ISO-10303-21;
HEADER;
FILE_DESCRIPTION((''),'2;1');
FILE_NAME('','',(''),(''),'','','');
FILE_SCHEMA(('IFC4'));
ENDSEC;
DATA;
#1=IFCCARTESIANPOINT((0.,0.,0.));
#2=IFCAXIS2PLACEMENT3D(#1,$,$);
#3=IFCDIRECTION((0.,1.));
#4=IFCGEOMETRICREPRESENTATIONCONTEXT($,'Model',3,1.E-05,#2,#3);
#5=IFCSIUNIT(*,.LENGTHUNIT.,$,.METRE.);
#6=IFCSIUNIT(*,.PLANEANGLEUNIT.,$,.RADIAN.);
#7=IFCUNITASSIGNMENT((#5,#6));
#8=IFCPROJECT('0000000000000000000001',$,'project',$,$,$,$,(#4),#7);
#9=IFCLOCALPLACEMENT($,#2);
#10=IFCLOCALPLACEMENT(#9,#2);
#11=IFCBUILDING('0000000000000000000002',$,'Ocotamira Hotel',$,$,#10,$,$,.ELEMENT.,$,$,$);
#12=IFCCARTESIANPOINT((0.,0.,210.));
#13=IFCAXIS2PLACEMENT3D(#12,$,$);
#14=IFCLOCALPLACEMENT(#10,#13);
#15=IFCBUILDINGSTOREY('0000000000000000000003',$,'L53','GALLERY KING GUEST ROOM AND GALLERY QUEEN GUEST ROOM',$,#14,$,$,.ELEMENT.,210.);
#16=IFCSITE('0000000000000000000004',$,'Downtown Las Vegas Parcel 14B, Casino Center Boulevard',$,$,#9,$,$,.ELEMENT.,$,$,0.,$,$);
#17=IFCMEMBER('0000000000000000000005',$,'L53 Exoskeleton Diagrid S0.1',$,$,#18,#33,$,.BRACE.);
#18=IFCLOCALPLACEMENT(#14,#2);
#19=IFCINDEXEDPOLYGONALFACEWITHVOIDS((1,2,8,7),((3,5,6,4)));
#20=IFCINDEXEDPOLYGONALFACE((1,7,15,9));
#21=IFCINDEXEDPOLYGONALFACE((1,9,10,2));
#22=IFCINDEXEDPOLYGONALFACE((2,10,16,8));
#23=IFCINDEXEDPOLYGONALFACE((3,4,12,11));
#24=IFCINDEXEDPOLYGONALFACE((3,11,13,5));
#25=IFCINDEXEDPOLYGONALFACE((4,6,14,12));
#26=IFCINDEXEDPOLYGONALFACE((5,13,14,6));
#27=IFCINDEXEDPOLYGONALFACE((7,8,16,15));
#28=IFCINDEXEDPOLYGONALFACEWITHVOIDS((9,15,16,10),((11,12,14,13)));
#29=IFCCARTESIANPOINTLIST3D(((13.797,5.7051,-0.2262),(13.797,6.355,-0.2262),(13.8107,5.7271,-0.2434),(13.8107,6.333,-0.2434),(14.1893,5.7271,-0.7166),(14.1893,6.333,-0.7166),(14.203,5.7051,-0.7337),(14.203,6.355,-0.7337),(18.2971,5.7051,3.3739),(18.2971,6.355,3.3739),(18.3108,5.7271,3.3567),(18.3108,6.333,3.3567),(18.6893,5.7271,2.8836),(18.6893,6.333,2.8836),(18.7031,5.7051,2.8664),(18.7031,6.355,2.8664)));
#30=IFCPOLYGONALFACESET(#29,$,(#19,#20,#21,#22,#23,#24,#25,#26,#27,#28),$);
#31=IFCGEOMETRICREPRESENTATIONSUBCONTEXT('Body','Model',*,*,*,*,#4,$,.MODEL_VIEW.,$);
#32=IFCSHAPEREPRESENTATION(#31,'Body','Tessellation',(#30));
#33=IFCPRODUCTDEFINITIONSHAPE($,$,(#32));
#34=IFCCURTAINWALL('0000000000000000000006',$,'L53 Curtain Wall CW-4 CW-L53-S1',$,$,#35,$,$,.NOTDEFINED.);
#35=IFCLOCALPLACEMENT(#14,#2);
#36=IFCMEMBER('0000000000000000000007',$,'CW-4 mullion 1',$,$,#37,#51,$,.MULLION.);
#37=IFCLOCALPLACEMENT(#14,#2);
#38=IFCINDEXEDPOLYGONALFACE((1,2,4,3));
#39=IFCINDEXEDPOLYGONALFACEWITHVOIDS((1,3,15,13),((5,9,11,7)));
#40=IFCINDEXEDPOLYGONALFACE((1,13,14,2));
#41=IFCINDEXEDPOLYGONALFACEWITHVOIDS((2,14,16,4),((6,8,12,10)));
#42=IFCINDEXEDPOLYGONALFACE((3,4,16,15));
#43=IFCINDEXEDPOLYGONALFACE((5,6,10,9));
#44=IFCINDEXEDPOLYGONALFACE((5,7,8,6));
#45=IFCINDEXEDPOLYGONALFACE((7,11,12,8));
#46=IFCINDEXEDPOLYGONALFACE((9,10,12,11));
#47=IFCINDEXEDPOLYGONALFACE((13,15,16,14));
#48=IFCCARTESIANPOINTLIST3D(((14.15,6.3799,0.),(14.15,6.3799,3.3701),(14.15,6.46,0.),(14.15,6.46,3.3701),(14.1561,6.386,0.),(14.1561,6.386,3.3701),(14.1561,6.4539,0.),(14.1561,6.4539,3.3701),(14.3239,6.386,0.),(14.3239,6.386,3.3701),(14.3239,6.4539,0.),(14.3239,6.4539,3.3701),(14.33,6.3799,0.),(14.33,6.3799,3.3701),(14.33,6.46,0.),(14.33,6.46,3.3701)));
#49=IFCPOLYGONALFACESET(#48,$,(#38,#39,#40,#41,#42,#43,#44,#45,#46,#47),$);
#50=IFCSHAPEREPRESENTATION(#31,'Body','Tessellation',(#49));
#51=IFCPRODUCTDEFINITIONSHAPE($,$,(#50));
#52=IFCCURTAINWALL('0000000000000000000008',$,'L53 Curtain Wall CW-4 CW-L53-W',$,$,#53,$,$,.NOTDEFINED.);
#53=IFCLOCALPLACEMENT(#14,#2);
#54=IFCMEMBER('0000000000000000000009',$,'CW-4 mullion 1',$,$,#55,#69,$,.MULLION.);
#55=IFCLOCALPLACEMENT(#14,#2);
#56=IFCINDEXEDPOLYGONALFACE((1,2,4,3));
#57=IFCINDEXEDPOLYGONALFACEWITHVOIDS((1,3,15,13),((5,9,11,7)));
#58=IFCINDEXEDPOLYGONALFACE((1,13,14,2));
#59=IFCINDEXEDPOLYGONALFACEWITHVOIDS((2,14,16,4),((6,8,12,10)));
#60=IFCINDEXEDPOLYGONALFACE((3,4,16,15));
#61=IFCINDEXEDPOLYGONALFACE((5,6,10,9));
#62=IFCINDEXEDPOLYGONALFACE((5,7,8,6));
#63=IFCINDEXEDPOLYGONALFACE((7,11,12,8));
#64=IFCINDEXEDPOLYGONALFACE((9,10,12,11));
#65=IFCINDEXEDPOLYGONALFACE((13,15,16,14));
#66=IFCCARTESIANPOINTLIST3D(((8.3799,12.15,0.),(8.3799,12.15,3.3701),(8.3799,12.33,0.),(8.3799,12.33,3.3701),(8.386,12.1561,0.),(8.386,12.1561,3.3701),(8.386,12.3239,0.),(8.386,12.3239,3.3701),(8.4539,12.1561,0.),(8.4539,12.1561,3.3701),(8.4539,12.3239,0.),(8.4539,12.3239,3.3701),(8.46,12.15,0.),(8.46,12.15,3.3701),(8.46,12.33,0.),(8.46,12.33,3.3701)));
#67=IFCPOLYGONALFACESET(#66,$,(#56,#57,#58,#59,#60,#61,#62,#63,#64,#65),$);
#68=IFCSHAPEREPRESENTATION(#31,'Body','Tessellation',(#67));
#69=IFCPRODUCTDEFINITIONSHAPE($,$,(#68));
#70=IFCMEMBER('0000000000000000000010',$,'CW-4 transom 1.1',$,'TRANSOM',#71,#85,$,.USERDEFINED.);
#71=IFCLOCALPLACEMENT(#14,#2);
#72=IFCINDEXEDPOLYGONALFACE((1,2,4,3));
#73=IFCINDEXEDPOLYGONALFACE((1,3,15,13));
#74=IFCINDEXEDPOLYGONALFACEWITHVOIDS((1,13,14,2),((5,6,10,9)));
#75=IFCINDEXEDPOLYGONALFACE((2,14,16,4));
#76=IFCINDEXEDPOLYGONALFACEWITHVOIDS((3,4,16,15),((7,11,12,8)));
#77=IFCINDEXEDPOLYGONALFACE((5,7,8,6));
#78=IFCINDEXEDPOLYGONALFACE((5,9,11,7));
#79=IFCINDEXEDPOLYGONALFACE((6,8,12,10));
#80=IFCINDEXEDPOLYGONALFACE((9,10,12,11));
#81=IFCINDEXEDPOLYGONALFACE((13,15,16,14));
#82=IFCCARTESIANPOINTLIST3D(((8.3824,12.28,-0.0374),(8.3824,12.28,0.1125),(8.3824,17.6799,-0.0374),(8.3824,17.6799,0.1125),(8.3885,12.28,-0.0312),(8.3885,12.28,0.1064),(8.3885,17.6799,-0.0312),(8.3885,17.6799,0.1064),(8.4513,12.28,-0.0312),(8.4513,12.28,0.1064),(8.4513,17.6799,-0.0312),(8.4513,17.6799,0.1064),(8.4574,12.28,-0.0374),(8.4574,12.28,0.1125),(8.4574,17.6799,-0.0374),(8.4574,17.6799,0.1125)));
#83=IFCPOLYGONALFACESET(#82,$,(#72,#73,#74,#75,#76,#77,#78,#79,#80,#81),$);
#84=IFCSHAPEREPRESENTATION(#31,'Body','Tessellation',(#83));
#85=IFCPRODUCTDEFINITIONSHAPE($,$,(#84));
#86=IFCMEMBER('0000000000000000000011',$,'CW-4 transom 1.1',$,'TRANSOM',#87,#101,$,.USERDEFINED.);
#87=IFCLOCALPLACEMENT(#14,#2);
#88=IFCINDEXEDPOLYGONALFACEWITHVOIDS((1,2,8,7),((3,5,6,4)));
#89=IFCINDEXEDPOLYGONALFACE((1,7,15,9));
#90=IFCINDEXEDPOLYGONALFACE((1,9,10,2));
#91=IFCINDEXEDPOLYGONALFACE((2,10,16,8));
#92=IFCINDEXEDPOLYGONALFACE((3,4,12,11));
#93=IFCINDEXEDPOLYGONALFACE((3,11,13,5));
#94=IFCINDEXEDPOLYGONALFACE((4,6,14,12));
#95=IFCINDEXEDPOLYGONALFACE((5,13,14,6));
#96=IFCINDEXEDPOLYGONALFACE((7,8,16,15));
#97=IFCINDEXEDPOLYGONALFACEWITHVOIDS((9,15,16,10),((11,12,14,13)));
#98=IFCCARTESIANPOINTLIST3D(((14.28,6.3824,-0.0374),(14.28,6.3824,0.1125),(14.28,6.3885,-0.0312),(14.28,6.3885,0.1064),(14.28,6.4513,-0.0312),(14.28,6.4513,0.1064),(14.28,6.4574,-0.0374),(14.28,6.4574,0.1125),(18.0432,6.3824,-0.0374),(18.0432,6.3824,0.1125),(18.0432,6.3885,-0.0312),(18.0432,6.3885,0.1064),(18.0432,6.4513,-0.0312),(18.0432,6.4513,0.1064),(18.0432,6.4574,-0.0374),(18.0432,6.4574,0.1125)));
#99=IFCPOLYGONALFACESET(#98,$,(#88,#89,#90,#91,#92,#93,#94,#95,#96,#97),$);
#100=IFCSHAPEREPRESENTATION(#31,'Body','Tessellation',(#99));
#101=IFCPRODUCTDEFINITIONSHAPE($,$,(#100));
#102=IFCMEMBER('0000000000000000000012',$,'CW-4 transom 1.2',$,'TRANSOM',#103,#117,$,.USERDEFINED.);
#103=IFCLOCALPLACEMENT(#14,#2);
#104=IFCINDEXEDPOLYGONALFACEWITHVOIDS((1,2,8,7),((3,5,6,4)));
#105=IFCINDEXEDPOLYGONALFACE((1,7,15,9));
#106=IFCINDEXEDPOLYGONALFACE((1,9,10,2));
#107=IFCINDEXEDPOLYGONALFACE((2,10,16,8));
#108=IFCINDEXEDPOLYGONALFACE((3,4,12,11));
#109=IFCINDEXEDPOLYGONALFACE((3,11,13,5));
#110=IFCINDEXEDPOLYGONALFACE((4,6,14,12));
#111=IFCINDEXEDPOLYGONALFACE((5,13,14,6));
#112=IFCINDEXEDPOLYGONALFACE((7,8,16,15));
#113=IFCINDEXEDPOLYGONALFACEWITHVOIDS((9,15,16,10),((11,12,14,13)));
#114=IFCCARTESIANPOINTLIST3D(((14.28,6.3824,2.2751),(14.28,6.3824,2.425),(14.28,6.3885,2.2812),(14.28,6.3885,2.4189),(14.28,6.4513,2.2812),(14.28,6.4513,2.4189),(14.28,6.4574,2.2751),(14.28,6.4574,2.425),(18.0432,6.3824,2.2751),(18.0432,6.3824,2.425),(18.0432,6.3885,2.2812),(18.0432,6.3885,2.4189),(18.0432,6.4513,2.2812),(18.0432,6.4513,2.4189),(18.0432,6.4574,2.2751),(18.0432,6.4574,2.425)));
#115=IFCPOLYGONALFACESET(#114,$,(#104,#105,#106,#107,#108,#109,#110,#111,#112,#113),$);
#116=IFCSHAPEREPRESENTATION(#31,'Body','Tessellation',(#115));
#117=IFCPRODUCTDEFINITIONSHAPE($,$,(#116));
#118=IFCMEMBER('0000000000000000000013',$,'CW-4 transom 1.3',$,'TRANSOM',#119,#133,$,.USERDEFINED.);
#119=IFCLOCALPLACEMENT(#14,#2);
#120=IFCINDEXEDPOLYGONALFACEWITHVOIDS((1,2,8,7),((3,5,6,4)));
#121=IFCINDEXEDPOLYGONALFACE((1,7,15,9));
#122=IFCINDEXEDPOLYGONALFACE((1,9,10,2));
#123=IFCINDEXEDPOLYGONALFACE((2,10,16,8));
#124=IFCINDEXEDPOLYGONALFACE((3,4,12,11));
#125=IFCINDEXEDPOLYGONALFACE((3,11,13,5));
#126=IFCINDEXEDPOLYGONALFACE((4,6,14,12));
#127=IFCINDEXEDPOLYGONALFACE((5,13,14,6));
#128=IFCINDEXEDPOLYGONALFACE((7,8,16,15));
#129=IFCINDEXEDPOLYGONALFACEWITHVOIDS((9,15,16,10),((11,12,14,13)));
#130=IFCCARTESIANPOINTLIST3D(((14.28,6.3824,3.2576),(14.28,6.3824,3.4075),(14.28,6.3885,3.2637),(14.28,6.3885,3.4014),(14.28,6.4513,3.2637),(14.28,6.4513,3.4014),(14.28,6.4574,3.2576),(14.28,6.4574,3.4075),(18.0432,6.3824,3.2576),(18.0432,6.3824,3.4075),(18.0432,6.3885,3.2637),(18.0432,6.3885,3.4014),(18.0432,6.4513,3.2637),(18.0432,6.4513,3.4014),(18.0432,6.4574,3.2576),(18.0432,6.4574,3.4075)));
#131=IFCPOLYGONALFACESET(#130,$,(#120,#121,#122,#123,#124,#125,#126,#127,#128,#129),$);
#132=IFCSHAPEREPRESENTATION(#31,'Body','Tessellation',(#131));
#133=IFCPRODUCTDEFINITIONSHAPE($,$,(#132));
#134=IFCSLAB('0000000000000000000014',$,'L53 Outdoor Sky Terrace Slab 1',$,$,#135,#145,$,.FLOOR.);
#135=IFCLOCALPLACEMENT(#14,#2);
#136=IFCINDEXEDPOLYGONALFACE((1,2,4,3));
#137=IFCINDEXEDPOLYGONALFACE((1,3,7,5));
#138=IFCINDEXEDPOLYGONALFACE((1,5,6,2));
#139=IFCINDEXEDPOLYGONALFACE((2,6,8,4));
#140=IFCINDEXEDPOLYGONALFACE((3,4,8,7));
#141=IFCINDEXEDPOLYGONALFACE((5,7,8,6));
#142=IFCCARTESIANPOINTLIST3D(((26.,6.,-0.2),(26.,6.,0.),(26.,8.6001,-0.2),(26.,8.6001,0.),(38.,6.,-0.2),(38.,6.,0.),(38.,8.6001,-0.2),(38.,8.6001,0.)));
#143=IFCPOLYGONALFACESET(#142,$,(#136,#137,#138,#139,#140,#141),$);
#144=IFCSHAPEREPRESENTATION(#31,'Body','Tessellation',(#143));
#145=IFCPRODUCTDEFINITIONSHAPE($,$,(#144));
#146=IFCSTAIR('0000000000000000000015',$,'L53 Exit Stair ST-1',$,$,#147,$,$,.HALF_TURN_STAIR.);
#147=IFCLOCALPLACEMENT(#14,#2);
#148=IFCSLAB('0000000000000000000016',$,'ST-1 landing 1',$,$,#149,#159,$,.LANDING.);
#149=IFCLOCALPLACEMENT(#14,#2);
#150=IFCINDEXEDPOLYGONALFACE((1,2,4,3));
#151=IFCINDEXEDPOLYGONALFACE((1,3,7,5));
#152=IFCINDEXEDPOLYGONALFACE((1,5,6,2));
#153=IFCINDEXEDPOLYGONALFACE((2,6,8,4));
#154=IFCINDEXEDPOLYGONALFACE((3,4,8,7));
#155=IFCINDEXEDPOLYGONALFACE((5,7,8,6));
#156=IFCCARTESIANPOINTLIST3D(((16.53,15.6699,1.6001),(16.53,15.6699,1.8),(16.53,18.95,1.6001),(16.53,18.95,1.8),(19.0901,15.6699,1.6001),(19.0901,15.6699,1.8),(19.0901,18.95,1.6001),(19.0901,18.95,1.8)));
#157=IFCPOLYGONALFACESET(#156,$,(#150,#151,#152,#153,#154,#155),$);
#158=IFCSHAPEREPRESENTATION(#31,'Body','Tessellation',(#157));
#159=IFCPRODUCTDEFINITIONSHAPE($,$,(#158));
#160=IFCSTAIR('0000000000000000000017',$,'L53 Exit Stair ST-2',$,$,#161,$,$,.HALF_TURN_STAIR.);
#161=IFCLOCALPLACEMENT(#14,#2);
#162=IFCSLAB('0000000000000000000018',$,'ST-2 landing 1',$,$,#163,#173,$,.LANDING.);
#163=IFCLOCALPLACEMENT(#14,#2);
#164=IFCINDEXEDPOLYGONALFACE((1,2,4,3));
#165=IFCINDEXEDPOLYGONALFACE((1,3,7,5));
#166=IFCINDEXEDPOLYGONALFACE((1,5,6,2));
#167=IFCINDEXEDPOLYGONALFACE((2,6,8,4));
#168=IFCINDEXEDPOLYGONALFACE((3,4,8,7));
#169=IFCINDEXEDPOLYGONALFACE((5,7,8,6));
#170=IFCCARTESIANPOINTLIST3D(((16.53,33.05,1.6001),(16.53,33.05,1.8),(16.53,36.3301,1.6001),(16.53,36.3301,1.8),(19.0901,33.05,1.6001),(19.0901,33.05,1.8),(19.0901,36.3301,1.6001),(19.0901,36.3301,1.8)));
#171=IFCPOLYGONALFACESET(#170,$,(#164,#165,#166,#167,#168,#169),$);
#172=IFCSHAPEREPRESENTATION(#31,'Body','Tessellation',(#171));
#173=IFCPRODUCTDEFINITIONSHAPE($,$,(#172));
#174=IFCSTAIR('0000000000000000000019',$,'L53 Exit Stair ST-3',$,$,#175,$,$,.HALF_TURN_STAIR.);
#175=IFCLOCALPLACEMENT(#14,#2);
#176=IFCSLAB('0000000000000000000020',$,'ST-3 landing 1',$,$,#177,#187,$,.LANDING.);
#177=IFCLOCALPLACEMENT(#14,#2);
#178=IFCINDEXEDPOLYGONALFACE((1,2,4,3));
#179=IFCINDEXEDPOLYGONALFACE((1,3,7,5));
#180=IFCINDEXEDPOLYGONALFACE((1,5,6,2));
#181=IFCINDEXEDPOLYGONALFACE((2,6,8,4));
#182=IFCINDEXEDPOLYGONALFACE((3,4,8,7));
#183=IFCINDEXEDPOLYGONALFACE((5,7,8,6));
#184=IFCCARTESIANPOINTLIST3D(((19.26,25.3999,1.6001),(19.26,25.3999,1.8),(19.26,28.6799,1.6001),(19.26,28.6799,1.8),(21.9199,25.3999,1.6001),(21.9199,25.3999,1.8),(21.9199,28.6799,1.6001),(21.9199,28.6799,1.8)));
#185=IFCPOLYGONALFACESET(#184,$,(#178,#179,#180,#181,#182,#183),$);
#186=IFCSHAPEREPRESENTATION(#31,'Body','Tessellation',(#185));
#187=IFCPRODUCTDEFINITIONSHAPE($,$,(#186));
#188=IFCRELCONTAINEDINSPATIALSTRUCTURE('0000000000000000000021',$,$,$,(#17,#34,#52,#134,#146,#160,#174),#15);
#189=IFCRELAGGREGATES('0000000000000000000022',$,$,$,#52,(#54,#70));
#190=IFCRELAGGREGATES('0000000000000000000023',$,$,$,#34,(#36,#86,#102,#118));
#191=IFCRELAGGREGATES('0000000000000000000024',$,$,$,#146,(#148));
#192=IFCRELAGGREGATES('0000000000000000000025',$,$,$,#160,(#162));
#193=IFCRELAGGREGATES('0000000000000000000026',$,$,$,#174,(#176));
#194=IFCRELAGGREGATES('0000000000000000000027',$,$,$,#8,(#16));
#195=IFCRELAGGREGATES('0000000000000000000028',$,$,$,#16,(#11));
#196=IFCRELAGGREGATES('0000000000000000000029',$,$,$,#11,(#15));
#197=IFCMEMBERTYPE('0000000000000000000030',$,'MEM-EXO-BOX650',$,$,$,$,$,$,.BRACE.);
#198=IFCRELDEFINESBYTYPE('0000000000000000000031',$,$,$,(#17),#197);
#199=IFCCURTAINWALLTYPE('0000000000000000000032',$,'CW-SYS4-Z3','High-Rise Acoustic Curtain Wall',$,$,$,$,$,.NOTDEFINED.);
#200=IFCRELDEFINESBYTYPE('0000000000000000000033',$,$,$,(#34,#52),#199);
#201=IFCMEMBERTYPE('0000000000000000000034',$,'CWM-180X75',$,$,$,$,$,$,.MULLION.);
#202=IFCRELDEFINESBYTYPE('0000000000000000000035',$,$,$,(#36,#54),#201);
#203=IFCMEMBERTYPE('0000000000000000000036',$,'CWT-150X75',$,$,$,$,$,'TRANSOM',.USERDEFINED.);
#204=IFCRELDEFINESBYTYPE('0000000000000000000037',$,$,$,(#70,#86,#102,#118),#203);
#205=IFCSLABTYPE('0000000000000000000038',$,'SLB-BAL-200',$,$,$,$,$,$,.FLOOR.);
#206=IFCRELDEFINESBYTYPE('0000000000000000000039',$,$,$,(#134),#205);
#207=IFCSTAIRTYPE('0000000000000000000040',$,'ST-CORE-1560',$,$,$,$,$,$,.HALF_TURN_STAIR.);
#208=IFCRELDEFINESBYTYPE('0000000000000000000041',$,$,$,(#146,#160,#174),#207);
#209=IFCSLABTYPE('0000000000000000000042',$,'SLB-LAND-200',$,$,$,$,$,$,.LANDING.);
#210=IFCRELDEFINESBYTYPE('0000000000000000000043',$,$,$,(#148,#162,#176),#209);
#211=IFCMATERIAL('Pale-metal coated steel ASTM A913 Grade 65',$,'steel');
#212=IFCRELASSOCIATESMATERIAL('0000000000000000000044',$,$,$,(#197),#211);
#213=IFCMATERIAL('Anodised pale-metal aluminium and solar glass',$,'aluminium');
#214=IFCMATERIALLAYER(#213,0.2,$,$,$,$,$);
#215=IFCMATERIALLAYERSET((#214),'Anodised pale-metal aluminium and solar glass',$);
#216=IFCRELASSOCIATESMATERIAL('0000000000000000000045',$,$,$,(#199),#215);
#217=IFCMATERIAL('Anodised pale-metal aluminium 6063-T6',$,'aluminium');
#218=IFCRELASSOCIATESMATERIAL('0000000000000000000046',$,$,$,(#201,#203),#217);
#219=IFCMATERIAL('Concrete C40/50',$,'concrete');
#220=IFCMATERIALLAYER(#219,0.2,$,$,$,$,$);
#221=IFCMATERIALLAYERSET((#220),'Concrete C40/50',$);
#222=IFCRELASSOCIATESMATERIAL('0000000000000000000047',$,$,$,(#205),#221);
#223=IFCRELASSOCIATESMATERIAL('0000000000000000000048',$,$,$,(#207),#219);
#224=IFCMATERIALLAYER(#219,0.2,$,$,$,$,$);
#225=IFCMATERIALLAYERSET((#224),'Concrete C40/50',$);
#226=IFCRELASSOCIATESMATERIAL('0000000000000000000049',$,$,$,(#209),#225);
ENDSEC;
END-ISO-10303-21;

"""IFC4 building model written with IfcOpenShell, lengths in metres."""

from ifc_helpers import new_model, si_unit, direction, frame, origin, origin_2d, place, context, subcontext, project, spatial, polyline, hollow_rectangle, outline, extrude, source, transform, mapped, material, layer, layer_set, material_profile, profile_set, type_object, element, aggregate, save


model = new_model("IFC4")

# Units and contexts
model_context = context("Model", 3, precision=1e-05, world=origin(), true_north=direction((0.0, 1.0)))
body_context = subcontext(model_context, "Body", "Model", "MODEL_VIEW")
ifc_project = project(units=[si_unit("LENGTHUNIT", "METRE"), si_unit("PLANEANGLEUNIT", "RADIAN")], contexts=[model_context])

# Site, building, storey
site_placement = place(None, origin())
site = spatial("IfcSite", under=ifc_project, at=site_placement, Name="Downtown Las Vegas Parcel 14B, Casino Center Boulevard", CompositionType="ELEMENT", RefElevation=0.0)
building_placement = place(site_placement, origin())
building = spatial("IfcBuilding", under=site, at=building_placement, Name="Ocotamira Hotel", CompositionType="ELEMENT")
storey_placement = place(building_placement, frame((0.0, 0.0, 210.0)))
storey = spatial("IfcBuildingStorey", under=building, at=storey_placement, Name="L53", Description="GALLERY KING GUEST ROOM AND GALLERY QUEEN GUEST ROOM", CompositionType="ELEMENT", Elevation=210.0)

# Member
ifc_material_1 = material(Name="Pale-metal coated steel ASTM A913 Grade 65", Category="steel")
ifc_material_profile_1 = material_profile(ifc_material_1, hollow_rectangle(XDim=0.6499, YDim=0.6499, WallThickness=0.022, at=origin_2d()), Name="BOX650X650X22")
ifc_profile_set_1 = profile_set([ifc_material_profile_1], Name="Pale-metal coated steel ASTM A913 Grade 65")
member_type_1 = type_object("IfcMemberType", Name="MEM-EXO-BOX650", PredefinedType="BRACE", material=ifc_profile_set_1)
shared_shape_1 = source(origin(), body_context, "Body", "SweptSolid", [
    extrude(hollow_rectangle(XDim=0.6499, YDim=0.6499, WallThickness=0.022, at=origin_2d()), origin(), (0.0, 0.0, 1.0), 5.7629),
])
member_1_placement = place(storey_placement, frame((14.0, 6.03, -0.48), z_axis=(0.780861, 0.0, 0.624705), x_axis=(0.0, 1.0, 0.0)))
element("IfcMember", 1, at=member_1_placement, inside=storey, type_object=member_type_1, Name="L53 Exoskeleton Diagrid S0.1", PredefinedType="BRACE", context=body_context, shape_type="MappedRepresentation", body=[
    mapped(shared_shape_1, transform((0.0, 0.0, 0.0), scale=1.0)),
])

# Curtain wall, member
ifc_material_2 = material(Name="Anodised pale-metal aluminium and solar glass", Category="aluminium")
ifc_layer_1 = layer(ifc_material_2, 0.2)
ifc_layer_set_1 = layer_set([ifc_layer_1], Name="Anodised pale-metal aluminium and solar glass")
curtain_wall_type = type_object("IfcCurtainWallType", Name="CW-SYS4-Z3", Description="High-Rise Acoustic Curtain Wall", PredefinedType="NOTDEFINED", material=ifc_layer_set_1)
curtain_wall_1_placement = place(storey_placement, origin())
curtain_wall_1 = element("IfcCurtainWall", 2, at=curtain_wall_1_placement, inside=storey, type_object=curtain_wall_type, Name="L53 Curtain Wall CW-4 CW-L53-S1", PredefinedType="NOTDEFINED")
ifc_material_3 = material(Name="Anodised pale-metal aluminium 6063-T6", Category="aluminium")
ifc_material_profile_2 = material_profile(ifc_material_3, hollow_rectangle(XDim=0.0801, YDim=0.1799, WallThickness=0.0061, at=origin_2d()), Name="HSS180X80X6")
ifc_profile_set_2 = profile_set([ifc_material_profile_2], Name="Anodised pale-metal aluminium 6063-T6")
member_type_2 = type_object("IfcMemberType", Name="CWM-180X75", PredefinedType="MULLION", material=ifc_profile_set_2)
shared_shape_2 = source(origin(), body_context, "Body", "SweptSolid", [
    extrude(hollow_rectangle(XDim=0.0801, YDim=0.1799, WallThickness=0.0061, at=origin_2d()), origin(), (0.0, 0.0, 1.0), 3.3701),
])
member_2_placement = place(storey_placement, frame((14.24, 6.4199, 0.0), z_axis=(0.0, 0.0, 1.0), x_axis=(0.0, 1.0, 0.0)))
member_2 = element("IfcMember", 3, at=member_2_placement, type_object=member_type_2, Name="CW-4 mullion 1", PredefinedType="MULLION", context=body_context, shape_type="MappedRepresentation", body=[
    mapped(shared_shape_2, transform((0.0, 0.0, 0.0), scale=1.0)),
])

# Curtain wall, members
curtain_wall_2_placement = place(storey_placement, origin())
curtain_wall_2 = element("IfcCurtainWall", 4, at=curtain_wall_2_placement, inside=storey, type_object=curtain_wall_type, Name="L53 Curtain Wall CW-4 CW-L53-W", PredefinedType="NOTDEFINED")
member_3_placement = place(storey_placement, frame((8.4199, 12.24, 0.0), z_axis=(0.0, 0.0, 1.0), x_axis=(-1.0, 0.0, 0.0)))
member_3 = element("IfcMember", 5, at=member_3_placement, type_object=member_type_2, Name="CW-4 mullion 1", PredefinedType="MULLION", context=body_context, shape_type="MappedRepresentation", body=[
    mapped(shared_shape_2, transform((0.0, 0.0, 0.0), scale=1.0)),
])
ifc_material_profile_3 = material_profile(ifc_material_3, hollow_rectangle(XDim=0.075, YDim=0.1499, WallThickness=0.0061, at=origin_2d()), Name="HSS150X75X6")
ifc_profile_set_3 = profile_set([ifc_material_profile_3], Name="Anodised pale-metal aluminium 6063-T6")
member_type_3 = type_object("IfcMemberType", Name="CWT-150X75", ElementType="TRANSOM", PredefinedType="USERDEFINED", material=ifc_profile_set_3)
shared_shape_3 = source(origin(), body_context, "Body", "SweptSolid", [
    extrude(hollow_rectangle(XDim=0.075, YDim=0.1499, WallThickness=0.0061, at=origin_2d()), origin(), (0.0, 0.0, 1.0), 5.3999),
])
member_4_placement = place(storey_placement, frame((8.4199, 12.28, 0.0376), z_axis=(0.0, 1.0, 0.0), x_axis=(-1.0, 0.0, 0.0)))
member_4 = element("IfcMember", 6, at=member_4_placement, type_object=member_type_3, Name="CW-4 transom 1.1", ObjectType="TRANSOM", PredefinedType="USERDEFINED", context=body_context, shape_type="MappedRepresentation", body=[
    mapped(shared_shape_3, transform((0.0, 0.0, 0.0), scale=1.0)),
])
aggregate(curtain_wall_2, [member_3, member_4])

# Members
shared_shape_4 = source(origin(), body_context, "Body", "SweptSolid", [
    extrude(hollow_rectangle(XDim=0.075, YDim=0.1499, WallThickness=0.0061, at=origin_2d()), origin(), (0.0, 0.0, 1.0), 3.7632),
])
member_5_placement = place(storey_placement, frame((14.28, 6.4199, 0.0376), z_axis=(1.0, 0.0, 0.0), x_axis=(0.0, 1.0, 0.0)))
member_5 = element("IfcMember", 7, at=member_5_placement, type_object=member_type_3, Name="CW-4 transom 1.1", ObjectType="TRANSOM", PredefinedType="USERDEFINED", context=body_context, shape_type="MappedRepresentation", body=[
    mapped(shared_shape_4, transform((0.0, 0.0, 0.0), scale=1.0)),
])
member_6_placement = place(storey_placement, frame((14.28, 6.4199, 2.3501), z_axis=(1.0, 0.0, 0.0), x_axis=(0.0, 1.0, 0.0)))
member_6 = element("IfcMember", 8, at=member_6_placement, type_object=member_type_3, Name="CW-4 transom 1.2", ObjectType="TRANSOM", PredefinedType="USERDEFINED", context=body_context, shape_type="MappedRepresentation", body=[
    mapped(shared_shape_4, transform((0.0, 0.0, 0.0), scale=1.0)),
])
member_7_placement = place(storey_placement, frame((14.28, 6.4199, 3.3325), z_axis=(1.0, 0.0, 0.0), x_axis=(0.0, 1.0, 0.0)))
member_7 = element("IfcMember", 9, at=member_7_placement, type_object=member_type_3, Name="CW-4 transom 1.3", ObjectType="TRANSOM", PredefinedType="USERDEFINED", context=body_context, shape_type="MappedRepresentation", body=[
    mapped(shared_shape_4, transform((0.0, 0.0, 0.0), scale=1.0)),
])
aggregate(curtain_wall_1, [member_2, member_5, member_6, member_7])

# Slab
ifc_material_4 = material(Name="Concrete C40/50", Category="concrete")
ifc_layer_2 = layer(ifc_material_4, 0.2)
ifc_layer_set_2 = layer_set([ifc_layer_2], Name="Concrete C40/50")
slab_type_1 = type_object("IfcSlabType", Name="SLB-BAL-200", PredefinedType="FLOOR", material=ifc_layer_set_2)
slab_1_placement = place(storey_placement, frame((0.0, 0.0, -0.2)))
element("IfcSlab", 10, at=slab_1_placement, inside=storey, type_object=slab_type_1, Name="L53 Outdoor Sky Terrace Slab 1", PredefinedType="FLOOR", context=body_context, shape_type="SweptSolid", body=[
    extrude(outline(polyline([(26.0, 6.0), (38.0, 6.0), (38.0, 8.6001), (26.0, 8.6001), (26.0, 6.0)])), origin(), (0.0, 0.0, 1.0), 0.2),
])

# Stairs, slabs
stair_type = type_object("IfcStairType", Name="ST-CORE-1560", PredefinedType="HALF_TURN_STAIR", material=ifc_material_4)
stair_1_placement = place(storey_placement, origin())
stair_1 = element("IfcStair", 11, at=stair_1_placement, inside=storey, type_object=stair_type, Name="L53 Exit Stair ST-1", PredefinedType="HALF_TURN_STAIR")
ifc_layer_3 = layer(ifc_material_4, 0.2)
ifc_layer_set_3 = layer_set([ifc_layer_3], Name="Concrete C40/50")
slab_type_2 = type_object("IfcSlabType", Name="SLB-LAND-200", PredefinedType="LANDING", material=ifc_layer_set_3)
slab_2_placement = place(storey_placement, frame((0.0, 0.0, 1.6001)))
slab_2 = element("IfcSlab", 12, at=slab_2_placement, type_object=slab_type_2, Name="ST-1 landing 1", PredefinedType="LANDING", context=body_context, shape_type="SweptSolid", body=[
    extrude(outline(polyline([(16.53, 15.6699), (19.0901, 15.6699), (19.0901, 18.95), (16.53, 18.95), (16.53, 15.6699)])), origin(), (0.0, 0.0, 1.0), 0.2),
])
aggregate(stair_1, [slab_2])
stair_2_placement = place(storey_placement, origin())
stair_2 = element("IfcStair", 13, at=stair_2_placement, inside=storey, type_object=stair_type, Name="L53 Exit Stair ST-2", PredefinedType="HALF_TURN_STAIR")
slab_3_placement = place(storey_placement, frame((0.0, 0.0, 1.6001)))
slab_3 = element("IfcSlab", 14, at=slab_3_placement, type_object=slab_type_2, Name="ST-2 landing 1", PredefinedType="LANDING", context=body_context, shape_type="SweptSolid", body=[
    extrude(outline(polyline([(16.53, 33.05), (19.0901, 33.05), (19.0901, 36.3301), (16.53, 36.3301), (16.53, 33.05)])), origin(), (0.0, 0.0, 1.0), 0.2),
])
aggregate(stair_2, [slab_3])
stair_3_placement = place(storey_placement, origin())
stair_3 = element("IfcStair", 15, at=stair_3_placement, inside=storey, type_object=stair_type, Name="L53 Exit Stair ST-3", PredefinedType="HALF_TURN_STAIR")
slab_4_placement = place(storey_placement, frame((0.0, 0.0, 1.6001)))
slab_4 = element("IfcSlab", 16, at=slab_4_placement, type_object=slab_type_2, Name="ST-3 landing 1", PredefinedType="LANDING", context=body_context, shape_type="SweptSolid", body=[
    extrude(outline(polyline([(19.26, 25.3999), (21.9199, 25.3999), (21.9199, 28.6799), (19.26, 28.6799), (19.26, 25.3999)])), origin(), (0.0, 0.0, 1.0), 0.2),
])
aggregate(stair_3, [slab_4])

save(model, "model.ifc")
